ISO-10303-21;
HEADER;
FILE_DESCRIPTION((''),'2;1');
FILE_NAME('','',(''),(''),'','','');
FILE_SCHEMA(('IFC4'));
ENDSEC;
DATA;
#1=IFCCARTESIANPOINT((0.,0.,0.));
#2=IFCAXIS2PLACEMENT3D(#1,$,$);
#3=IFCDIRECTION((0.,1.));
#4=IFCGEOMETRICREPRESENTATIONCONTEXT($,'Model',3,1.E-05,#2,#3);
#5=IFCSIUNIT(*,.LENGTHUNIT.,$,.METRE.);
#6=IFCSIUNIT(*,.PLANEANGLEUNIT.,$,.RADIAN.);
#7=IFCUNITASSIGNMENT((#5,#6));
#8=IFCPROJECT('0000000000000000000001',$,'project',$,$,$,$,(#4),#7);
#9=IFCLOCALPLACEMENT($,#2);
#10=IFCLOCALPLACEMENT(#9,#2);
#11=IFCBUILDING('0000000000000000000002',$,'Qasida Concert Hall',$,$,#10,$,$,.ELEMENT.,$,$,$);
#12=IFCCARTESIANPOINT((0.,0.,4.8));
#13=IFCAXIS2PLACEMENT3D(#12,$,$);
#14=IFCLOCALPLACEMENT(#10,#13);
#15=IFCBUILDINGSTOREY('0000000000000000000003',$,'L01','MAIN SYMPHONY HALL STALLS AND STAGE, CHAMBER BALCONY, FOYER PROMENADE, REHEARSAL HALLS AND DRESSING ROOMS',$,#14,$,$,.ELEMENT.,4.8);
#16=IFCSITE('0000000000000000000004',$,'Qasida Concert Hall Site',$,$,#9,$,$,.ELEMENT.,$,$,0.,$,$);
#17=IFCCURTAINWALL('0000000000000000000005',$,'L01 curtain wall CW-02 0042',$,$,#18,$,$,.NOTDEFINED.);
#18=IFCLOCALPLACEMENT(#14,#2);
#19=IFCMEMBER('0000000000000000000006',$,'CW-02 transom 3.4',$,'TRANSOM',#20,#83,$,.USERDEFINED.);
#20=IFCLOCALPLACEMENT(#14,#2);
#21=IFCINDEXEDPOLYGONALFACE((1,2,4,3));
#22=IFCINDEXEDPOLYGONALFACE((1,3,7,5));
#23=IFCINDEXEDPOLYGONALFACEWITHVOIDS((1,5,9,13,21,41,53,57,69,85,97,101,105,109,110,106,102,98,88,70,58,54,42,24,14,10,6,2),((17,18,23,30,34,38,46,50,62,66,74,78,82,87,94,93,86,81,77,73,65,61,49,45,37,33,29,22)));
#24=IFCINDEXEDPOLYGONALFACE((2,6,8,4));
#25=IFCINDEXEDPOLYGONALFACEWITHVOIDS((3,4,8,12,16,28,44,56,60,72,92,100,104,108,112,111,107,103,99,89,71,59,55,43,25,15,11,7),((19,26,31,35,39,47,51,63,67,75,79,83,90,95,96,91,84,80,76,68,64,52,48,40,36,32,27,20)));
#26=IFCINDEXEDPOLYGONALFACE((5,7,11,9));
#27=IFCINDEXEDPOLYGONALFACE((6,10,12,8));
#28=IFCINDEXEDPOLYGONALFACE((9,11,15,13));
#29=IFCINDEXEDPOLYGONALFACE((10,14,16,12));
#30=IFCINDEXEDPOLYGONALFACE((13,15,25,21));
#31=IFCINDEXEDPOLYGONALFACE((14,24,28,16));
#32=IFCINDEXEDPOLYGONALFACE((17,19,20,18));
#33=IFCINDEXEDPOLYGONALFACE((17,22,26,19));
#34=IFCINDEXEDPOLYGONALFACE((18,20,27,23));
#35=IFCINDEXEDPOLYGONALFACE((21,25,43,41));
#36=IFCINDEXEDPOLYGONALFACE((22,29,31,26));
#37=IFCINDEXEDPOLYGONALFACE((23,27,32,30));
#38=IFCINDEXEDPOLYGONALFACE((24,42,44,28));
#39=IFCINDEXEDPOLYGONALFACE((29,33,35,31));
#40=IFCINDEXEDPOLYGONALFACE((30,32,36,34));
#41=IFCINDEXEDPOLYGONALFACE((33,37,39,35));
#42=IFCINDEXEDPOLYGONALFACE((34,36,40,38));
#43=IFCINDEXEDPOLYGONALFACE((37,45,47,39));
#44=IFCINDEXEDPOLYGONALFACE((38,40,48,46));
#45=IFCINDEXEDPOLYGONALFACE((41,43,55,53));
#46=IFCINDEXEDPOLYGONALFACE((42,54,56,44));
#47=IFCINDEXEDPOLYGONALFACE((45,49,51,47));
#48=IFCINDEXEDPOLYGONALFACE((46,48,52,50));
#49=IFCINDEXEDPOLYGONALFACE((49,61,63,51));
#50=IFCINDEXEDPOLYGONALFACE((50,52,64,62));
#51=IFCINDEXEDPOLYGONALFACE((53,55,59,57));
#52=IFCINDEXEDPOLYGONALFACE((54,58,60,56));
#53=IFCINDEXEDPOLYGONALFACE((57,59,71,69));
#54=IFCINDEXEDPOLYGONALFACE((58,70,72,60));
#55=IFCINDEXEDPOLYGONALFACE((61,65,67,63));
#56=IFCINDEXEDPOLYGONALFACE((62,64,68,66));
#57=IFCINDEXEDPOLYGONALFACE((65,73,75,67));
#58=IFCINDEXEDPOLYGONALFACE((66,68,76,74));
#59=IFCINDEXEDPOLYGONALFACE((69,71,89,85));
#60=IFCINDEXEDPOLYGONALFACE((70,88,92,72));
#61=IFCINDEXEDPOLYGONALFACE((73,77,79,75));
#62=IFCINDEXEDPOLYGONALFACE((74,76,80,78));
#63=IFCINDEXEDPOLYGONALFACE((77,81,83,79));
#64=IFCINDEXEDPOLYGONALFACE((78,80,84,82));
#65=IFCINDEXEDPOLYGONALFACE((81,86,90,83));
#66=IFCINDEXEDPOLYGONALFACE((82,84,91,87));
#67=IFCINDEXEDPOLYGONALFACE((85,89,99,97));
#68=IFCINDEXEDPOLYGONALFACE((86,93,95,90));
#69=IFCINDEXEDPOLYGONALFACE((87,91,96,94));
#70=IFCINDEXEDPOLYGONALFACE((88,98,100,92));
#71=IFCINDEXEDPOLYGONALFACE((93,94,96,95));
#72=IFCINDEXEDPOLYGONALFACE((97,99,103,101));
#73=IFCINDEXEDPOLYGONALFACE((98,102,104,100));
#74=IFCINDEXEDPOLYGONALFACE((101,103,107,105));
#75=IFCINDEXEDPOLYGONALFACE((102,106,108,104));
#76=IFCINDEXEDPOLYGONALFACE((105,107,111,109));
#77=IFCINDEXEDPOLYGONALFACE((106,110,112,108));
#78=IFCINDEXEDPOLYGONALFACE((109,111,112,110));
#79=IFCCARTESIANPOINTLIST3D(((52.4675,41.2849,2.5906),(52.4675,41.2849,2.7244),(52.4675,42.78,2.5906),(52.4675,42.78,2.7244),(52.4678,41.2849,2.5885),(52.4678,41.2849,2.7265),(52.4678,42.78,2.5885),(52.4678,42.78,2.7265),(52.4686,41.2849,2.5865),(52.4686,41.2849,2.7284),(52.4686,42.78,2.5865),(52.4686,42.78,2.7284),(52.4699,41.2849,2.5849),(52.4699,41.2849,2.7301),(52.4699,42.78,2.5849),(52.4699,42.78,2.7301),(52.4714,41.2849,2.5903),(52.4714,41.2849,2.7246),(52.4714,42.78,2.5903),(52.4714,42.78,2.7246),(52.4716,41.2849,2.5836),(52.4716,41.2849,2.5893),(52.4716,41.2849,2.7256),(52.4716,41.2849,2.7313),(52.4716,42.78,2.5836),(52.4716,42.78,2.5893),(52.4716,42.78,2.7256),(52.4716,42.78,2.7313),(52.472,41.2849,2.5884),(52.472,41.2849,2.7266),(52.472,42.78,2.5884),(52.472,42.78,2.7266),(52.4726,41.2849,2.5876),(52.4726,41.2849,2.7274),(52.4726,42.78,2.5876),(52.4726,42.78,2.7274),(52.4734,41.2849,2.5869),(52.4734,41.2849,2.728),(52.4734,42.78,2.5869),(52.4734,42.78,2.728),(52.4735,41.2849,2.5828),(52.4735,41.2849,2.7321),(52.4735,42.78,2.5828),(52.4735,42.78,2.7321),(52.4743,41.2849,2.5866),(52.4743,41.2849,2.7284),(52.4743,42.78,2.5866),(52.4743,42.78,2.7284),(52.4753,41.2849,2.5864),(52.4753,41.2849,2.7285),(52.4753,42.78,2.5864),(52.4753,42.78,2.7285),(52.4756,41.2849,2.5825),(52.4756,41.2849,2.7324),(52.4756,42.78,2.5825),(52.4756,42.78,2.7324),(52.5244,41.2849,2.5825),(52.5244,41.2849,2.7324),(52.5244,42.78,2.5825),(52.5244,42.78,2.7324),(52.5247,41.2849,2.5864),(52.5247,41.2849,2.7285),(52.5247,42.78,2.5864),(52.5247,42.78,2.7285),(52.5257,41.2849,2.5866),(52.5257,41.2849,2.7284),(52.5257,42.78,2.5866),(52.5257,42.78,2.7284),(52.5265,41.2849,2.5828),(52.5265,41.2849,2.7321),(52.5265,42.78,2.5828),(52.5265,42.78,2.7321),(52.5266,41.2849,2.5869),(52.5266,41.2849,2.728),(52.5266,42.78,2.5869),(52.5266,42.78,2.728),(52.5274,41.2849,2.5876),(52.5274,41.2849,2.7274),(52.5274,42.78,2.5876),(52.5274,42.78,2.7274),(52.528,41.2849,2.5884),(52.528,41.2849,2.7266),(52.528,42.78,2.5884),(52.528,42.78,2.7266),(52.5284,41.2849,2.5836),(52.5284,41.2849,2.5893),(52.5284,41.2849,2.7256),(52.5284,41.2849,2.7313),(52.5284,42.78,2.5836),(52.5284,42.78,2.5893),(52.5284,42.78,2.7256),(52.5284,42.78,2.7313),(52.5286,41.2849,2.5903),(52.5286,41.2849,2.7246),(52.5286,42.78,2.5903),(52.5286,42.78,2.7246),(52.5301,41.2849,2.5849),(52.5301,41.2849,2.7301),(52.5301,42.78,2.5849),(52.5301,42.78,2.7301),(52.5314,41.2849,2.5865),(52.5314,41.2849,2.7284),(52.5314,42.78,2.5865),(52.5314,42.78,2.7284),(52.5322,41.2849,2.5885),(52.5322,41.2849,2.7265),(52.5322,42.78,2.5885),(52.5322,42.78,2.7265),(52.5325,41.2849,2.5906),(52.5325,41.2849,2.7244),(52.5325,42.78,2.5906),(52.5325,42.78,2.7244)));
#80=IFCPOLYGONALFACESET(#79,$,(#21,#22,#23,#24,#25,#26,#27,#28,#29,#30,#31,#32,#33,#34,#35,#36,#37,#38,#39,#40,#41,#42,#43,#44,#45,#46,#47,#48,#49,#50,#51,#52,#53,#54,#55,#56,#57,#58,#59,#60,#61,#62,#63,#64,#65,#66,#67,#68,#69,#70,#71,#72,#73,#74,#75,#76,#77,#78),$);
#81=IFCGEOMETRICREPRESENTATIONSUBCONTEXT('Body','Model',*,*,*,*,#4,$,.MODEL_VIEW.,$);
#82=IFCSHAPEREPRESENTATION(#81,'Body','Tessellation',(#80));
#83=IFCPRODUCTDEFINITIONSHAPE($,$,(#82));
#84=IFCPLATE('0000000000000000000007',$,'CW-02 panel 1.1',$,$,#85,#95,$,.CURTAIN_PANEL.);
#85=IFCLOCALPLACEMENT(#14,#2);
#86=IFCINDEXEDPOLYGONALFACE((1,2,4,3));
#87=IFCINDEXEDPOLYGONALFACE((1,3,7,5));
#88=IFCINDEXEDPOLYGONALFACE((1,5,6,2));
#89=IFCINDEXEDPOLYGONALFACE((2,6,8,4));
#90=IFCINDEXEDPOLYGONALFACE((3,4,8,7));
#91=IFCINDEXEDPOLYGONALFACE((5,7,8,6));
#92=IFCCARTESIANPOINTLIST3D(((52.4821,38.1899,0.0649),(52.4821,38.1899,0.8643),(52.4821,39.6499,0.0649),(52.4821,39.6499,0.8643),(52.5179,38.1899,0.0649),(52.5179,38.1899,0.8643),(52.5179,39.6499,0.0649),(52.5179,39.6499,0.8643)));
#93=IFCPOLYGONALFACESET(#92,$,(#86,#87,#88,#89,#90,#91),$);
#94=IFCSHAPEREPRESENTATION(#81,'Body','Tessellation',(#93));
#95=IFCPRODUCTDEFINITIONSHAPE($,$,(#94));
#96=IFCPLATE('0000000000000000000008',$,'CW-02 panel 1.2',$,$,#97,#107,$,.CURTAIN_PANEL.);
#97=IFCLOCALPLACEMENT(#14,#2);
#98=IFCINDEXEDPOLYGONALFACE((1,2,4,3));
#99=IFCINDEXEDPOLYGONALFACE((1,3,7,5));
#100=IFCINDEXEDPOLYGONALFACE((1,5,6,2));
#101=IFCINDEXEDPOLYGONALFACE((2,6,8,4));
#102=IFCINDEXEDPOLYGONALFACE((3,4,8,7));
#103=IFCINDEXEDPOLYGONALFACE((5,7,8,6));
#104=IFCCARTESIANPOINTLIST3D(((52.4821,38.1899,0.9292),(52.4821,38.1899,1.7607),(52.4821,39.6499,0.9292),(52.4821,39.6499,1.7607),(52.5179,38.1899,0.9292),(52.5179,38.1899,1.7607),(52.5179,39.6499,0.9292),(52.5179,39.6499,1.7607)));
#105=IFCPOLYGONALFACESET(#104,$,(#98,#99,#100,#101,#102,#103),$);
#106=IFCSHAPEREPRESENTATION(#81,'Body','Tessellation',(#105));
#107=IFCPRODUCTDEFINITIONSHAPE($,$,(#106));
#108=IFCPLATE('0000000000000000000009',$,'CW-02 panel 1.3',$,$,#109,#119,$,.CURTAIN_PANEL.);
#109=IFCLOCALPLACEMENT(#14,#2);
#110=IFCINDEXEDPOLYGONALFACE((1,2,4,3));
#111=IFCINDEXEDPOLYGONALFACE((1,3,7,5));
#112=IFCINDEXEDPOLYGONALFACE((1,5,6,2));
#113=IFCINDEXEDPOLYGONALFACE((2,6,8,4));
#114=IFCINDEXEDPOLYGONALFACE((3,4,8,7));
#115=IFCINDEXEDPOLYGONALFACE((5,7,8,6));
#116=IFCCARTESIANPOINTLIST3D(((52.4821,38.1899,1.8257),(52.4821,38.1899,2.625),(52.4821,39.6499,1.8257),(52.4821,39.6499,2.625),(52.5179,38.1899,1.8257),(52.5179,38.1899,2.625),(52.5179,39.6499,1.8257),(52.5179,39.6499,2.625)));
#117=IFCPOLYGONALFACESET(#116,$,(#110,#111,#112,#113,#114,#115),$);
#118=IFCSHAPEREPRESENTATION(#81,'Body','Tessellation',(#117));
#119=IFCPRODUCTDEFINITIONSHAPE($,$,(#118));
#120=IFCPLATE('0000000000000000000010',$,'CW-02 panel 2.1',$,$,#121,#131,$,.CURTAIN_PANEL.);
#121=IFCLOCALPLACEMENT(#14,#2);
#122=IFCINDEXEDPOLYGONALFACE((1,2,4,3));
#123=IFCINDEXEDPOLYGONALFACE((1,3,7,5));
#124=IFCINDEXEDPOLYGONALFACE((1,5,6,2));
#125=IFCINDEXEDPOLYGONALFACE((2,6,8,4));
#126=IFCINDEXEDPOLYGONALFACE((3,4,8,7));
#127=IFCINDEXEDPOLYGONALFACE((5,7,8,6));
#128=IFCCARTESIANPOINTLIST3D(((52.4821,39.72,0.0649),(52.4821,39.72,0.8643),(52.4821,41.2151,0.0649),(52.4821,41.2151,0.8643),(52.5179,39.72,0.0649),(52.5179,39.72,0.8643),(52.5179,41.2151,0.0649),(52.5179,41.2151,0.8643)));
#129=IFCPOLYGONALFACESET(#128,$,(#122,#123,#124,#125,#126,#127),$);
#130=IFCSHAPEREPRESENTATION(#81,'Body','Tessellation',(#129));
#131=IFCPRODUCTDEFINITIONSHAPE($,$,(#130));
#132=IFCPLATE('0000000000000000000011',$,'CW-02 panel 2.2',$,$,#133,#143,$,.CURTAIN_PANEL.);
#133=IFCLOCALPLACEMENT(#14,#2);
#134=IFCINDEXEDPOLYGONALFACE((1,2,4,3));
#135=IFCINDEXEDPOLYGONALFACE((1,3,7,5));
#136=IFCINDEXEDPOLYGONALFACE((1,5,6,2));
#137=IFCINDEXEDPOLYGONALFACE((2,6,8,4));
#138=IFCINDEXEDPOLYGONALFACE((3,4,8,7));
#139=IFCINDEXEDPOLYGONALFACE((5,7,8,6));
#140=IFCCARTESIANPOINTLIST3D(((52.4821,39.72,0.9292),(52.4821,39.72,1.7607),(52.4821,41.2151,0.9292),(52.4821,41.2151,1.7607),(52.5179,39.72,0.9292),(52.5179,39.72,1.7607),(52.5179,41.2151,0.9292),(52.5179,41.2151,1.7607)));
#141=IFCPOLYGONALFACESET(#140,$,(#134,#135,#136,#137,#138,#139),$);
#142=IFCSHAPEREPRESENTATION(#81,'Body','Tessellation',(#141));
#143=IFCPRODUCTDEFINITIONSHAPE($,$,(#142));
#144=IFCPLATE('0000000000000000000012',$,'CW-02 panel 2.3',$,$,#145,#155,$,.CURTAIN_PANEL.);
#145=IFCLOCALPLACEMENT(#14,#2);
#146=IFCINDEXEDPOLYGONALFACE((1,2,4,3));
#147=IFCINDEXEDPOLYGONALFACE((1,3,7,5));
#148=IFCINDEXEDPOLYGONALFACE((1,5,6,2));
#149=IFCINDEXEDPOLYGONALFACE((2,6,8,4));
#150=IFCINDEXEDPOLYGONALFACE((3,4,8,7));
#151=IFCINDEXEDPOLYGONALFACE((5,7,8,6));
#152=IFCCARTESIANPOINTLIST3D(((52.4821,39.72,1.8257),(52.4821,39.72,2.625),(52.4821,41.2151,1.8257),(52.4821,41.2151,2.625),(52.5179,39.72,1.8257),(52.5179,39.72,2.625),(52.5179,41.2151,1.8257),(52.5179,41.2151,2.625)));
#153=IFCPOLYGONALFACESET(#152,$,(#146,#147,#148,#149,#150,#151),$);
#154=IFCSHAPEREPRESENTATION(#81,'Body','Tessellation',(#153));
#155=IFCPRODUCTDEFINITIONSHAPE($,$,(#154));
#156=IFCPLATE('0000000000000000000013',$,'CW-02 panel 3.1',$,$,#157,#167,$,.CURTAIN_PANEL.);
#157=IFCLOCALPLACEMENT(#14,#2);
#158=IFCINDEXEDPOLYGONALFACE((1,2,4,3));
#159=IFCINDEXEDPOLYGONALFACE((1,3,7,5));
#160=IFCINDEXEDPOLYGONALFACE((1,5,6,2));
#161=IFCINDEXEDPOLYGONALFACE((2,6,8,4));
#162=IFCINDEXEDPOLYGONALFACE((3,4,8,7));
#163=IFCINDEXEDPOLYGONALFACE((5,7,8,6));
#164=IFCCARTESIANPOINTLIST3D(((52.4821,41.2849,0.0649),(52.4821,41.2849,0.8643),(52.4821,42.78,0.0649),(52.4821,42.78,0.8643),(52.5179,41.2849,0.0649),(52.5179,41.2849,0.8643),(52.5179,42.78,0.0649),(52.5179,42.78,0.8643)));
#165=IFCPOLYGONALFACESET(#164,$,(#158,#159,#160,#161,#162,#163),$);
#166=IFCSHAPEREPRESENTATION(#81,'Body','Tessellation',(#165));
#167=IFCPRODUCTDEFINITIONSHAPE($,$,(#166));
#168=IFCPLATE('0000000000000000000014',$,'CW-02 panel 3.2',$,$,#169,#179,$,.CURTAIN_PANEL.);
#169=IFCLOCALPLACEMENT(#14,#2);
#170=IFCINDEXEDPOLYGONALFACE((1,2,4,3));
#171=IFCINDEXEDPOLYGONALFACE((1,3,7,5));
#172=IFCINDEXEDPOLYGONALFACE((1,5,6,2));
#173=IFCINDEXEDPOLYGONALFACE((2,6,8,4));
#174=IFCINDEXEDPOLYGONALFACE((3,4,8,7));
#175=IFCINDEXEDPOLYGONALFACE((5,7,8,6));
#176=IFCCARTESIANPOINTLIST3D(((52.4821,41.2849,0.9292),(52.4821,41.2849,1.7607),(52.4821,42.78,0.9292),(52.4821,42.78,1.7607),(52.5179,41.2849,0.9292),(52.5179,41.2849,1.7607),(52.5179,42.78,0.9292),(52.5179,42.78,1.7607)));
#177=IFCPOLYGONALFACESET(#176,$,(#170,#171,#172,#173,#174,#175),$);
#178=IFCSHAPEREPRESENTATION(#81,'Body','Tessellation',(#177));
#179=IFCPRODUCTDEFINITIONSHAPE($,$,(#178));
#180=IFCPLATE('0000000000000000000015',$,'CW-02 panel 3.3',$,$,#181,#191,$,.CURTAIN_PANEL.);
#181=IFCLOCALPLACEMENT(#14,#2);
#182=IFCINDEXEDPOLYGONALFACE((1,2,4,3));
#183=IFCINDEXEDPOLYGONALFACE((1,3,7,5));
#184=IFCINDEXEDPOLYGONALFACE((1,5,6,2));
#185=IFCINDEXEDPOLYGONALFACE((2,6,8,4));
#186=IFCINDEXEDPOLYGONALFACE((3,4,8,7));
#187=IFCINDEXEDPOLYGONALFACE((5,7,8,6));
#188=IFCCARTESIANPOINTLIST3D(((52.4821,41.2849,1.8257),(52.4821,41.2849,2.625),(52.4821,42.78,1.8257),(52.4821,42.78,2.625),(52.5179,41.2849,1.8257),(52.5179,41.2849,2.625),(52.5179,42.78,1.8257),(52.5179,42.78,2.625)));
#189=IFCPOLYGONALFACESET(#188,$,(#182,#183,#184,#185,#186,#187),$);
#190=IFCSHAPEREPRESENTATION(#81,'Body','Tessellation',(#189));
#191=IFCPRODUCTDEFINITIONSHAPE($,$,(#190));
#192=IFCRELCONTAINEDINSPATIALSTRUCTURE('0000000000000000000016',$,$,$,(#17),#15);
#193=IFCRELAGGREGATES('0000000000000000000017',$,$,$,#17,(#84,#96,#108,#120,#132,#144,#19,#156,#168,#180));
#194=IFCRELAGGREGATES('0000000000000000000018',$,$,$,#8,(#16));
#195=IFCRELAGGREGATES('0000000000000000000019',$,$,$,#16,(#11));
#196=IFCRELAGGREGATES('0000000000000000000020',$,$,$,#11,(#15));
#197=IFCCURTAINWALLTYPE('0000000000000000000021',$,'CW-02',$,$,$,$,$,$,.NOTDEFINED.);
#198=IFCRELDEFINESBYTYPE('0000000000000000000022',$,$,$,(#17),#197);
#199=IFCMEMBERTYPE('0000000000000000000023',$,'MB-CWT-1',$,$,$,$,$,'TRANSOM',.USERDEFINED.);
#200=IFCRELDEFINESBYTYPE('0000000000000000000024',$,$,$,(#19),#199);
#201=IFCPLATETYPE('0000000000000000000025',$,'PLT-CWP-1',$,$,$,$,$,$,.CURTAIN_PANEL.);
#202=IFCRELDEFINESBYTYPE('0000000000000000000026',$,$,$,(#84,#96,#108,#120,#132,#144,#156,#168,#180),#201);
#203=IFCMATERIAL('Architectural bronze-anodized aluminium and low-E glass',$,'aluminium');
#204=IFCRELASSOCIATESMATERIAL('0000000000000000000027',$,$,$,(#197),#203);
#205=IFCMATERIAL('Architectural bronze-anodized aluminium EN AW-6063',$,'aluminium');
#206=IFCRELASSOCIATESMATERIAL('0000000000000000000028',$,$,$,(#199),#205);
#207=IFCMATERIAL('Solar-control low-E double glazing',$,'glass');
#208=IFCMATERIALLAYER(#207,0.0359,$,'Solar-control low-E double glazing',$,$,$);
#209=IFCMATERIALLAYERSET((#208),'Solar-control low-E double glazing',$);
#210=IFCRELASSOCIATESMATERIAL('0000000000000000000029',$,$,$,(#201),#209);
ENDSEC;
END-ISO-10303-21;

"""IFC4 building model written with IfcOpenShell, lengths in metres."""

from ifc_helpers import new_model, si_unit, direction, frame, origin, origin_2d, place, context, subcontext, project, spatial, rectangle, hollow_rectangle, extrude, material, layer, layer_set, material_profile, profile_set, type_object, element, aggregate, save


model = new_model("IFC4")

# Units and contexts
model_context = context("Model", 3, precision=1e-05, world=origin(), true_north=direction((0.0, 1.0)))
body_context = subcontext(model_context, "Body", "Model", "MODEL_VIEW")
ifc_project = project(units=[si_unit("LENGTHUNIT", "METRE"), si_unit("PLANEANGLEUNIT", "RADIAN")], contexts=[model_context])

# Site, building, storey
site_placement = place(None, origin())
site = spatial("IfcSite", under=ifc_project, at=site_placement, Name="Qasida Concert Hall Site", CompositionType="ELEMENT", RefElevation=0.0)
building_placement = place(site_placement, origin())
building = spatial("IfcBuilding", under=site, at=building_placement, Name="Qasida Concert Hall", CompositionType="ELEMENT")
storey_placement = place(building_placement, frame((0.0, 0.0, 4.8)))
storey = spatial("IfcBuildingStorey", under=building, at=storey_placement, Name="L01", Description="MAIN SYMPHONY HALL STALLS AND STAGE, CHAMBER BALCONY, FOYER PROMENADE, REHEARSAL HALLS AND DRESSING ROOMS", CompositionType="ELEMENT", Elevation=4.8)

# Curtain wall, member, plates
ifc_material_1 = material(Name="Architectural bronze-anodized aluminium and low-E glass", Category="aluminium")
curtain_wall_type = type_object("IfcCurtainWallType", Name="CW-02", PredefinedType="NOTDEFINED", material=ifc_material_1)
curtain_wall_placement = place(storey_placement, origin())
curtain_wall = element("IfcCurtainWall", 1, at=curtain_wall_placement, inside=storey, type_object=curtain_wall_type, Name="L01 curtain wall CW-02 0042", PredefinedType="NOTDEFINED")
ifc_material_2 = material(Name="Architectural bronze-anodized aluminium EN AW-6063", Category="aluminium")
ifc_material_profile_1 = material_profile(ifc_material_2, hollow_rectangle(XDim=0.0649, YDim=0.1499, WallThickness=0.0039, InnerFilletRadius=0.0039, OuterFilletRadius=0.0081, at=origin_2d()), Name="CWT 150x65x4")
ifc_profile_set_1 = profile_set([ifc_material_profile_1], Name="Architectural bronze-anodized aluminium EN AW-6063")
member_type_1 = type_object("IfcMemberType", Name="MB-CWT-1", ElementType="TRANSOM", PredefinedType="USERDEFINED", material=ifc_profile_set_1)
member_1_placement = place(storey_placement, frame((52.5, 41.2849, 2.6575), z_axis=(0.0, 1.0, 0.0), x_axis=(-1.0, 0.0, 0.0)))
member_1 = element("IfcMember", 2, at=member_1_placement, type_object=member_type_1, Name="CW-02 transom 3.4", ObjectType="TRANSOM", PredefinedType="USERDEFINED", context=body_context, shape_type="SweptSolid", body=[
    extrude(hollow_rectangle(XDim=0.0649, YDim=0.1499, WallThickness=0.0039, InnerFilletRadius=0.0039, OuterFilletRadius=0.0081, at=origin_2d()), origin(), (0.0, 0.0, 1.0), 1.4951),
])
ifc_material_3 = material(Name="Solar-control low-E double glazing", Category="glass")
ifc_layer_1 = layer(ifc_material_3, 0.0359, Name="Solar-control low-E double glazing")
ifc_layer_set_1 = layer_set([ifc_layer_1], Name="Solar-control low-E double glazing")
plate_type = type_object("IfcPlateType", Name="PLT-CWP-1", PredefinedType="CURTAIN_PANEL", material=ifc_layer_set_1)
plate_1_placement = place(storey_placement, frame((52.5, 38.9199, 0.0649), z_axis=(0.0, 0.0, 1.0), x_axis=(0.0, 1.0, 0.0)))
plate_1 = element("IfcPlate", 3, at=plate_1_placement, type_object=plate_type, Name="CW-02 panel 1.1", PredefinedType="CURTAIN_PANEL", context=body_context, shape_type="SweptSolid", body=[
    extrude(rectangle(XDim=1.46, YDim=0.0359, at=origin_2d()), origin(), (0.0, 0.0, 1.0), 0.7993),
])
plate_2_placement = place(storey_placement, frame((52.5, 38.9199, 0.9292), z_axis=(0.0, 0.0, 1.0), x_axis=(0.0, 1.0, 0.0)))
plate_2 = element("IfcPlate", 4, at=plate_2_placement, type_object=plate_type, Name="CW-02 panel 1.2", PredefinedType="CURTAIN_PANEL", context=body_context, shape_type="SweptSolid", body=[
    extrude(rectangle(XDim=1.46, YDim=0.0359, at=origin_2d()), origin(), (0.0, 0.0, 1.0), 0.8315),
])
plate_3_placement = place(storey_placement, frame((52.5, 38.9199, 1.8257), z_axis=(0.0, 0.0, 1.0), x_axis=(0.0, 1.0, 0.0)))
plate_3 = element("IfcPlate", 5, at=plate_3_placement, type_object=plate_type, Name="CW-02 panel 1.3", PredefinedType="CURTAIN_PANEL", context=body_context, shape_type="SweptSolid", body=[
    extrude(rectangle(XDim=1.46, YDim=0.0359, at=origin_2d()), origin(), (0.0, 0.0, 1.0), 0.7993),
])
plate_4_placement = place(storey_placement, frame((52.5, 40.4675, 0.0649), z_axis=(0.0, 0.0, 1.0), x_axis=(0.0, 1.0, 0.0)))
plate_4 = element("IfcPlate", 6, at=plate_4_placement, type_object=plate_type, Name="CW-02 panel 2.1", PredefinedType="CURTAIN_PANEL", context=body_context, shape_type="SweptSolid", body=[
    extrude(rectangle(XDim=1.4951, YDim=0.0359, at=origin_2d()), origin(), (0.0, 0.0, 1.0), 0.7993),
])
plate_5_placement = place(storey_placement, frame((52.5, 40.4675, 0.9292), z_axis=(0.0, 0.0, 1.0), x_axis=(0.0, 1.0, 0.0)))
plate_5 = element("IfcPlate", 7, at=plate_5_placement, type_object=plate_type, Name="CW-02 panel 2.2", PredefinedType="CURTAIN_PANEL", context=body_context, shape_type="SweptSolid", body=[
    extrude(rectangle(XDim=1.4951, YDim=0.0359, at=origin_2d()), origin(), (0.0, 0.0, 1.0), 0.8315),
])
plate_6_placement = place(storey_placement, frame((52.5, 40.4675, 1.8257), z_axis=(0.0, 0.0, 1.0), x_axis=(0.0, 1.0, 0.0)))
plate_6 = element("IfcPlate", 8, at=plate_6_placement, type_object=plate_type, Name="CW-02 panel 2.3", PredefinedType="CURTAIN_PANEL", context=body_context, shape_type="SweptSolid", body=[
    extrude(rectangle(XDim=1.4951, YDim=0.0359, at=origin_2d()), origin(), (0.0, 0.0, 1.0), 0.7993),
])
plate_7_placement = place(storey_placement, frame((52.5, 42.0325, 0.0649), z_axis=(0.0, 0.0, 1.0), x_axis=(0.0, 1.0, 0.0)))
plate_7 = element("IfcPlate", 9, at=plate_7_placement, type_object=plate_type, Name="CW-02 panel 3.1", PredefinedType="CURTAIN_PANEL", context=body_context, shape_type="SweptSolid", body=[
    extrude(rectangle(XDim=1.4951, YDim=0.0359, at=origin_2d()), origin(), (0.0, 0.0, 1.0), 0.7993),
])
plate_8_placement = place(storey_placement, frame((52.5, 42.0325, 0.9292), z_axis=(0.0, 0.0, 1.0), x_axis=(0.0, 1.0, 0.0)))
plate_8 = element("IfcPlate", 10, at=plate_8_placement, type_object=plate_type, Name="CW-02 panel 3.2", PredefinedType="CURTAIN_PANEL", context=body_context, shape_type="SweptSolid", body=[
    extrude(rectangle(XDim=1.4951, YDim=0.0359, at=origin_2d()), origin(), (0.0, 0.0, 1.0), 0.8315),
])
plate_9_placement = place(storey_placement, frame((52.5, 42.0325, 1.8257), z_axis=(0.0, 0.0, 1.0), x_axis=(0.0, 1.0, 0.0)))
plate_9 = element("IfcPlate", 11, at=plate_9_placement, type_object=plate_type, Name="CW-02 panel 3.3", PredefinedType="CURTAIN_PANEL", context=body_context, shape_type="SweptSolid", body=[
    extrude(rectangle(XDim=1.4951, YDim=0.0359, at=origin_2d()), origin(), (0.0, 0.0, 1.0), 0.7993),
])
aggregate(curtain_wall, [plate_1, plate_2, plate_3, plate_4, plate_5, plate_6, member_1, plate_7, plate_8, plate_9])

save(model, "model.ifc")
